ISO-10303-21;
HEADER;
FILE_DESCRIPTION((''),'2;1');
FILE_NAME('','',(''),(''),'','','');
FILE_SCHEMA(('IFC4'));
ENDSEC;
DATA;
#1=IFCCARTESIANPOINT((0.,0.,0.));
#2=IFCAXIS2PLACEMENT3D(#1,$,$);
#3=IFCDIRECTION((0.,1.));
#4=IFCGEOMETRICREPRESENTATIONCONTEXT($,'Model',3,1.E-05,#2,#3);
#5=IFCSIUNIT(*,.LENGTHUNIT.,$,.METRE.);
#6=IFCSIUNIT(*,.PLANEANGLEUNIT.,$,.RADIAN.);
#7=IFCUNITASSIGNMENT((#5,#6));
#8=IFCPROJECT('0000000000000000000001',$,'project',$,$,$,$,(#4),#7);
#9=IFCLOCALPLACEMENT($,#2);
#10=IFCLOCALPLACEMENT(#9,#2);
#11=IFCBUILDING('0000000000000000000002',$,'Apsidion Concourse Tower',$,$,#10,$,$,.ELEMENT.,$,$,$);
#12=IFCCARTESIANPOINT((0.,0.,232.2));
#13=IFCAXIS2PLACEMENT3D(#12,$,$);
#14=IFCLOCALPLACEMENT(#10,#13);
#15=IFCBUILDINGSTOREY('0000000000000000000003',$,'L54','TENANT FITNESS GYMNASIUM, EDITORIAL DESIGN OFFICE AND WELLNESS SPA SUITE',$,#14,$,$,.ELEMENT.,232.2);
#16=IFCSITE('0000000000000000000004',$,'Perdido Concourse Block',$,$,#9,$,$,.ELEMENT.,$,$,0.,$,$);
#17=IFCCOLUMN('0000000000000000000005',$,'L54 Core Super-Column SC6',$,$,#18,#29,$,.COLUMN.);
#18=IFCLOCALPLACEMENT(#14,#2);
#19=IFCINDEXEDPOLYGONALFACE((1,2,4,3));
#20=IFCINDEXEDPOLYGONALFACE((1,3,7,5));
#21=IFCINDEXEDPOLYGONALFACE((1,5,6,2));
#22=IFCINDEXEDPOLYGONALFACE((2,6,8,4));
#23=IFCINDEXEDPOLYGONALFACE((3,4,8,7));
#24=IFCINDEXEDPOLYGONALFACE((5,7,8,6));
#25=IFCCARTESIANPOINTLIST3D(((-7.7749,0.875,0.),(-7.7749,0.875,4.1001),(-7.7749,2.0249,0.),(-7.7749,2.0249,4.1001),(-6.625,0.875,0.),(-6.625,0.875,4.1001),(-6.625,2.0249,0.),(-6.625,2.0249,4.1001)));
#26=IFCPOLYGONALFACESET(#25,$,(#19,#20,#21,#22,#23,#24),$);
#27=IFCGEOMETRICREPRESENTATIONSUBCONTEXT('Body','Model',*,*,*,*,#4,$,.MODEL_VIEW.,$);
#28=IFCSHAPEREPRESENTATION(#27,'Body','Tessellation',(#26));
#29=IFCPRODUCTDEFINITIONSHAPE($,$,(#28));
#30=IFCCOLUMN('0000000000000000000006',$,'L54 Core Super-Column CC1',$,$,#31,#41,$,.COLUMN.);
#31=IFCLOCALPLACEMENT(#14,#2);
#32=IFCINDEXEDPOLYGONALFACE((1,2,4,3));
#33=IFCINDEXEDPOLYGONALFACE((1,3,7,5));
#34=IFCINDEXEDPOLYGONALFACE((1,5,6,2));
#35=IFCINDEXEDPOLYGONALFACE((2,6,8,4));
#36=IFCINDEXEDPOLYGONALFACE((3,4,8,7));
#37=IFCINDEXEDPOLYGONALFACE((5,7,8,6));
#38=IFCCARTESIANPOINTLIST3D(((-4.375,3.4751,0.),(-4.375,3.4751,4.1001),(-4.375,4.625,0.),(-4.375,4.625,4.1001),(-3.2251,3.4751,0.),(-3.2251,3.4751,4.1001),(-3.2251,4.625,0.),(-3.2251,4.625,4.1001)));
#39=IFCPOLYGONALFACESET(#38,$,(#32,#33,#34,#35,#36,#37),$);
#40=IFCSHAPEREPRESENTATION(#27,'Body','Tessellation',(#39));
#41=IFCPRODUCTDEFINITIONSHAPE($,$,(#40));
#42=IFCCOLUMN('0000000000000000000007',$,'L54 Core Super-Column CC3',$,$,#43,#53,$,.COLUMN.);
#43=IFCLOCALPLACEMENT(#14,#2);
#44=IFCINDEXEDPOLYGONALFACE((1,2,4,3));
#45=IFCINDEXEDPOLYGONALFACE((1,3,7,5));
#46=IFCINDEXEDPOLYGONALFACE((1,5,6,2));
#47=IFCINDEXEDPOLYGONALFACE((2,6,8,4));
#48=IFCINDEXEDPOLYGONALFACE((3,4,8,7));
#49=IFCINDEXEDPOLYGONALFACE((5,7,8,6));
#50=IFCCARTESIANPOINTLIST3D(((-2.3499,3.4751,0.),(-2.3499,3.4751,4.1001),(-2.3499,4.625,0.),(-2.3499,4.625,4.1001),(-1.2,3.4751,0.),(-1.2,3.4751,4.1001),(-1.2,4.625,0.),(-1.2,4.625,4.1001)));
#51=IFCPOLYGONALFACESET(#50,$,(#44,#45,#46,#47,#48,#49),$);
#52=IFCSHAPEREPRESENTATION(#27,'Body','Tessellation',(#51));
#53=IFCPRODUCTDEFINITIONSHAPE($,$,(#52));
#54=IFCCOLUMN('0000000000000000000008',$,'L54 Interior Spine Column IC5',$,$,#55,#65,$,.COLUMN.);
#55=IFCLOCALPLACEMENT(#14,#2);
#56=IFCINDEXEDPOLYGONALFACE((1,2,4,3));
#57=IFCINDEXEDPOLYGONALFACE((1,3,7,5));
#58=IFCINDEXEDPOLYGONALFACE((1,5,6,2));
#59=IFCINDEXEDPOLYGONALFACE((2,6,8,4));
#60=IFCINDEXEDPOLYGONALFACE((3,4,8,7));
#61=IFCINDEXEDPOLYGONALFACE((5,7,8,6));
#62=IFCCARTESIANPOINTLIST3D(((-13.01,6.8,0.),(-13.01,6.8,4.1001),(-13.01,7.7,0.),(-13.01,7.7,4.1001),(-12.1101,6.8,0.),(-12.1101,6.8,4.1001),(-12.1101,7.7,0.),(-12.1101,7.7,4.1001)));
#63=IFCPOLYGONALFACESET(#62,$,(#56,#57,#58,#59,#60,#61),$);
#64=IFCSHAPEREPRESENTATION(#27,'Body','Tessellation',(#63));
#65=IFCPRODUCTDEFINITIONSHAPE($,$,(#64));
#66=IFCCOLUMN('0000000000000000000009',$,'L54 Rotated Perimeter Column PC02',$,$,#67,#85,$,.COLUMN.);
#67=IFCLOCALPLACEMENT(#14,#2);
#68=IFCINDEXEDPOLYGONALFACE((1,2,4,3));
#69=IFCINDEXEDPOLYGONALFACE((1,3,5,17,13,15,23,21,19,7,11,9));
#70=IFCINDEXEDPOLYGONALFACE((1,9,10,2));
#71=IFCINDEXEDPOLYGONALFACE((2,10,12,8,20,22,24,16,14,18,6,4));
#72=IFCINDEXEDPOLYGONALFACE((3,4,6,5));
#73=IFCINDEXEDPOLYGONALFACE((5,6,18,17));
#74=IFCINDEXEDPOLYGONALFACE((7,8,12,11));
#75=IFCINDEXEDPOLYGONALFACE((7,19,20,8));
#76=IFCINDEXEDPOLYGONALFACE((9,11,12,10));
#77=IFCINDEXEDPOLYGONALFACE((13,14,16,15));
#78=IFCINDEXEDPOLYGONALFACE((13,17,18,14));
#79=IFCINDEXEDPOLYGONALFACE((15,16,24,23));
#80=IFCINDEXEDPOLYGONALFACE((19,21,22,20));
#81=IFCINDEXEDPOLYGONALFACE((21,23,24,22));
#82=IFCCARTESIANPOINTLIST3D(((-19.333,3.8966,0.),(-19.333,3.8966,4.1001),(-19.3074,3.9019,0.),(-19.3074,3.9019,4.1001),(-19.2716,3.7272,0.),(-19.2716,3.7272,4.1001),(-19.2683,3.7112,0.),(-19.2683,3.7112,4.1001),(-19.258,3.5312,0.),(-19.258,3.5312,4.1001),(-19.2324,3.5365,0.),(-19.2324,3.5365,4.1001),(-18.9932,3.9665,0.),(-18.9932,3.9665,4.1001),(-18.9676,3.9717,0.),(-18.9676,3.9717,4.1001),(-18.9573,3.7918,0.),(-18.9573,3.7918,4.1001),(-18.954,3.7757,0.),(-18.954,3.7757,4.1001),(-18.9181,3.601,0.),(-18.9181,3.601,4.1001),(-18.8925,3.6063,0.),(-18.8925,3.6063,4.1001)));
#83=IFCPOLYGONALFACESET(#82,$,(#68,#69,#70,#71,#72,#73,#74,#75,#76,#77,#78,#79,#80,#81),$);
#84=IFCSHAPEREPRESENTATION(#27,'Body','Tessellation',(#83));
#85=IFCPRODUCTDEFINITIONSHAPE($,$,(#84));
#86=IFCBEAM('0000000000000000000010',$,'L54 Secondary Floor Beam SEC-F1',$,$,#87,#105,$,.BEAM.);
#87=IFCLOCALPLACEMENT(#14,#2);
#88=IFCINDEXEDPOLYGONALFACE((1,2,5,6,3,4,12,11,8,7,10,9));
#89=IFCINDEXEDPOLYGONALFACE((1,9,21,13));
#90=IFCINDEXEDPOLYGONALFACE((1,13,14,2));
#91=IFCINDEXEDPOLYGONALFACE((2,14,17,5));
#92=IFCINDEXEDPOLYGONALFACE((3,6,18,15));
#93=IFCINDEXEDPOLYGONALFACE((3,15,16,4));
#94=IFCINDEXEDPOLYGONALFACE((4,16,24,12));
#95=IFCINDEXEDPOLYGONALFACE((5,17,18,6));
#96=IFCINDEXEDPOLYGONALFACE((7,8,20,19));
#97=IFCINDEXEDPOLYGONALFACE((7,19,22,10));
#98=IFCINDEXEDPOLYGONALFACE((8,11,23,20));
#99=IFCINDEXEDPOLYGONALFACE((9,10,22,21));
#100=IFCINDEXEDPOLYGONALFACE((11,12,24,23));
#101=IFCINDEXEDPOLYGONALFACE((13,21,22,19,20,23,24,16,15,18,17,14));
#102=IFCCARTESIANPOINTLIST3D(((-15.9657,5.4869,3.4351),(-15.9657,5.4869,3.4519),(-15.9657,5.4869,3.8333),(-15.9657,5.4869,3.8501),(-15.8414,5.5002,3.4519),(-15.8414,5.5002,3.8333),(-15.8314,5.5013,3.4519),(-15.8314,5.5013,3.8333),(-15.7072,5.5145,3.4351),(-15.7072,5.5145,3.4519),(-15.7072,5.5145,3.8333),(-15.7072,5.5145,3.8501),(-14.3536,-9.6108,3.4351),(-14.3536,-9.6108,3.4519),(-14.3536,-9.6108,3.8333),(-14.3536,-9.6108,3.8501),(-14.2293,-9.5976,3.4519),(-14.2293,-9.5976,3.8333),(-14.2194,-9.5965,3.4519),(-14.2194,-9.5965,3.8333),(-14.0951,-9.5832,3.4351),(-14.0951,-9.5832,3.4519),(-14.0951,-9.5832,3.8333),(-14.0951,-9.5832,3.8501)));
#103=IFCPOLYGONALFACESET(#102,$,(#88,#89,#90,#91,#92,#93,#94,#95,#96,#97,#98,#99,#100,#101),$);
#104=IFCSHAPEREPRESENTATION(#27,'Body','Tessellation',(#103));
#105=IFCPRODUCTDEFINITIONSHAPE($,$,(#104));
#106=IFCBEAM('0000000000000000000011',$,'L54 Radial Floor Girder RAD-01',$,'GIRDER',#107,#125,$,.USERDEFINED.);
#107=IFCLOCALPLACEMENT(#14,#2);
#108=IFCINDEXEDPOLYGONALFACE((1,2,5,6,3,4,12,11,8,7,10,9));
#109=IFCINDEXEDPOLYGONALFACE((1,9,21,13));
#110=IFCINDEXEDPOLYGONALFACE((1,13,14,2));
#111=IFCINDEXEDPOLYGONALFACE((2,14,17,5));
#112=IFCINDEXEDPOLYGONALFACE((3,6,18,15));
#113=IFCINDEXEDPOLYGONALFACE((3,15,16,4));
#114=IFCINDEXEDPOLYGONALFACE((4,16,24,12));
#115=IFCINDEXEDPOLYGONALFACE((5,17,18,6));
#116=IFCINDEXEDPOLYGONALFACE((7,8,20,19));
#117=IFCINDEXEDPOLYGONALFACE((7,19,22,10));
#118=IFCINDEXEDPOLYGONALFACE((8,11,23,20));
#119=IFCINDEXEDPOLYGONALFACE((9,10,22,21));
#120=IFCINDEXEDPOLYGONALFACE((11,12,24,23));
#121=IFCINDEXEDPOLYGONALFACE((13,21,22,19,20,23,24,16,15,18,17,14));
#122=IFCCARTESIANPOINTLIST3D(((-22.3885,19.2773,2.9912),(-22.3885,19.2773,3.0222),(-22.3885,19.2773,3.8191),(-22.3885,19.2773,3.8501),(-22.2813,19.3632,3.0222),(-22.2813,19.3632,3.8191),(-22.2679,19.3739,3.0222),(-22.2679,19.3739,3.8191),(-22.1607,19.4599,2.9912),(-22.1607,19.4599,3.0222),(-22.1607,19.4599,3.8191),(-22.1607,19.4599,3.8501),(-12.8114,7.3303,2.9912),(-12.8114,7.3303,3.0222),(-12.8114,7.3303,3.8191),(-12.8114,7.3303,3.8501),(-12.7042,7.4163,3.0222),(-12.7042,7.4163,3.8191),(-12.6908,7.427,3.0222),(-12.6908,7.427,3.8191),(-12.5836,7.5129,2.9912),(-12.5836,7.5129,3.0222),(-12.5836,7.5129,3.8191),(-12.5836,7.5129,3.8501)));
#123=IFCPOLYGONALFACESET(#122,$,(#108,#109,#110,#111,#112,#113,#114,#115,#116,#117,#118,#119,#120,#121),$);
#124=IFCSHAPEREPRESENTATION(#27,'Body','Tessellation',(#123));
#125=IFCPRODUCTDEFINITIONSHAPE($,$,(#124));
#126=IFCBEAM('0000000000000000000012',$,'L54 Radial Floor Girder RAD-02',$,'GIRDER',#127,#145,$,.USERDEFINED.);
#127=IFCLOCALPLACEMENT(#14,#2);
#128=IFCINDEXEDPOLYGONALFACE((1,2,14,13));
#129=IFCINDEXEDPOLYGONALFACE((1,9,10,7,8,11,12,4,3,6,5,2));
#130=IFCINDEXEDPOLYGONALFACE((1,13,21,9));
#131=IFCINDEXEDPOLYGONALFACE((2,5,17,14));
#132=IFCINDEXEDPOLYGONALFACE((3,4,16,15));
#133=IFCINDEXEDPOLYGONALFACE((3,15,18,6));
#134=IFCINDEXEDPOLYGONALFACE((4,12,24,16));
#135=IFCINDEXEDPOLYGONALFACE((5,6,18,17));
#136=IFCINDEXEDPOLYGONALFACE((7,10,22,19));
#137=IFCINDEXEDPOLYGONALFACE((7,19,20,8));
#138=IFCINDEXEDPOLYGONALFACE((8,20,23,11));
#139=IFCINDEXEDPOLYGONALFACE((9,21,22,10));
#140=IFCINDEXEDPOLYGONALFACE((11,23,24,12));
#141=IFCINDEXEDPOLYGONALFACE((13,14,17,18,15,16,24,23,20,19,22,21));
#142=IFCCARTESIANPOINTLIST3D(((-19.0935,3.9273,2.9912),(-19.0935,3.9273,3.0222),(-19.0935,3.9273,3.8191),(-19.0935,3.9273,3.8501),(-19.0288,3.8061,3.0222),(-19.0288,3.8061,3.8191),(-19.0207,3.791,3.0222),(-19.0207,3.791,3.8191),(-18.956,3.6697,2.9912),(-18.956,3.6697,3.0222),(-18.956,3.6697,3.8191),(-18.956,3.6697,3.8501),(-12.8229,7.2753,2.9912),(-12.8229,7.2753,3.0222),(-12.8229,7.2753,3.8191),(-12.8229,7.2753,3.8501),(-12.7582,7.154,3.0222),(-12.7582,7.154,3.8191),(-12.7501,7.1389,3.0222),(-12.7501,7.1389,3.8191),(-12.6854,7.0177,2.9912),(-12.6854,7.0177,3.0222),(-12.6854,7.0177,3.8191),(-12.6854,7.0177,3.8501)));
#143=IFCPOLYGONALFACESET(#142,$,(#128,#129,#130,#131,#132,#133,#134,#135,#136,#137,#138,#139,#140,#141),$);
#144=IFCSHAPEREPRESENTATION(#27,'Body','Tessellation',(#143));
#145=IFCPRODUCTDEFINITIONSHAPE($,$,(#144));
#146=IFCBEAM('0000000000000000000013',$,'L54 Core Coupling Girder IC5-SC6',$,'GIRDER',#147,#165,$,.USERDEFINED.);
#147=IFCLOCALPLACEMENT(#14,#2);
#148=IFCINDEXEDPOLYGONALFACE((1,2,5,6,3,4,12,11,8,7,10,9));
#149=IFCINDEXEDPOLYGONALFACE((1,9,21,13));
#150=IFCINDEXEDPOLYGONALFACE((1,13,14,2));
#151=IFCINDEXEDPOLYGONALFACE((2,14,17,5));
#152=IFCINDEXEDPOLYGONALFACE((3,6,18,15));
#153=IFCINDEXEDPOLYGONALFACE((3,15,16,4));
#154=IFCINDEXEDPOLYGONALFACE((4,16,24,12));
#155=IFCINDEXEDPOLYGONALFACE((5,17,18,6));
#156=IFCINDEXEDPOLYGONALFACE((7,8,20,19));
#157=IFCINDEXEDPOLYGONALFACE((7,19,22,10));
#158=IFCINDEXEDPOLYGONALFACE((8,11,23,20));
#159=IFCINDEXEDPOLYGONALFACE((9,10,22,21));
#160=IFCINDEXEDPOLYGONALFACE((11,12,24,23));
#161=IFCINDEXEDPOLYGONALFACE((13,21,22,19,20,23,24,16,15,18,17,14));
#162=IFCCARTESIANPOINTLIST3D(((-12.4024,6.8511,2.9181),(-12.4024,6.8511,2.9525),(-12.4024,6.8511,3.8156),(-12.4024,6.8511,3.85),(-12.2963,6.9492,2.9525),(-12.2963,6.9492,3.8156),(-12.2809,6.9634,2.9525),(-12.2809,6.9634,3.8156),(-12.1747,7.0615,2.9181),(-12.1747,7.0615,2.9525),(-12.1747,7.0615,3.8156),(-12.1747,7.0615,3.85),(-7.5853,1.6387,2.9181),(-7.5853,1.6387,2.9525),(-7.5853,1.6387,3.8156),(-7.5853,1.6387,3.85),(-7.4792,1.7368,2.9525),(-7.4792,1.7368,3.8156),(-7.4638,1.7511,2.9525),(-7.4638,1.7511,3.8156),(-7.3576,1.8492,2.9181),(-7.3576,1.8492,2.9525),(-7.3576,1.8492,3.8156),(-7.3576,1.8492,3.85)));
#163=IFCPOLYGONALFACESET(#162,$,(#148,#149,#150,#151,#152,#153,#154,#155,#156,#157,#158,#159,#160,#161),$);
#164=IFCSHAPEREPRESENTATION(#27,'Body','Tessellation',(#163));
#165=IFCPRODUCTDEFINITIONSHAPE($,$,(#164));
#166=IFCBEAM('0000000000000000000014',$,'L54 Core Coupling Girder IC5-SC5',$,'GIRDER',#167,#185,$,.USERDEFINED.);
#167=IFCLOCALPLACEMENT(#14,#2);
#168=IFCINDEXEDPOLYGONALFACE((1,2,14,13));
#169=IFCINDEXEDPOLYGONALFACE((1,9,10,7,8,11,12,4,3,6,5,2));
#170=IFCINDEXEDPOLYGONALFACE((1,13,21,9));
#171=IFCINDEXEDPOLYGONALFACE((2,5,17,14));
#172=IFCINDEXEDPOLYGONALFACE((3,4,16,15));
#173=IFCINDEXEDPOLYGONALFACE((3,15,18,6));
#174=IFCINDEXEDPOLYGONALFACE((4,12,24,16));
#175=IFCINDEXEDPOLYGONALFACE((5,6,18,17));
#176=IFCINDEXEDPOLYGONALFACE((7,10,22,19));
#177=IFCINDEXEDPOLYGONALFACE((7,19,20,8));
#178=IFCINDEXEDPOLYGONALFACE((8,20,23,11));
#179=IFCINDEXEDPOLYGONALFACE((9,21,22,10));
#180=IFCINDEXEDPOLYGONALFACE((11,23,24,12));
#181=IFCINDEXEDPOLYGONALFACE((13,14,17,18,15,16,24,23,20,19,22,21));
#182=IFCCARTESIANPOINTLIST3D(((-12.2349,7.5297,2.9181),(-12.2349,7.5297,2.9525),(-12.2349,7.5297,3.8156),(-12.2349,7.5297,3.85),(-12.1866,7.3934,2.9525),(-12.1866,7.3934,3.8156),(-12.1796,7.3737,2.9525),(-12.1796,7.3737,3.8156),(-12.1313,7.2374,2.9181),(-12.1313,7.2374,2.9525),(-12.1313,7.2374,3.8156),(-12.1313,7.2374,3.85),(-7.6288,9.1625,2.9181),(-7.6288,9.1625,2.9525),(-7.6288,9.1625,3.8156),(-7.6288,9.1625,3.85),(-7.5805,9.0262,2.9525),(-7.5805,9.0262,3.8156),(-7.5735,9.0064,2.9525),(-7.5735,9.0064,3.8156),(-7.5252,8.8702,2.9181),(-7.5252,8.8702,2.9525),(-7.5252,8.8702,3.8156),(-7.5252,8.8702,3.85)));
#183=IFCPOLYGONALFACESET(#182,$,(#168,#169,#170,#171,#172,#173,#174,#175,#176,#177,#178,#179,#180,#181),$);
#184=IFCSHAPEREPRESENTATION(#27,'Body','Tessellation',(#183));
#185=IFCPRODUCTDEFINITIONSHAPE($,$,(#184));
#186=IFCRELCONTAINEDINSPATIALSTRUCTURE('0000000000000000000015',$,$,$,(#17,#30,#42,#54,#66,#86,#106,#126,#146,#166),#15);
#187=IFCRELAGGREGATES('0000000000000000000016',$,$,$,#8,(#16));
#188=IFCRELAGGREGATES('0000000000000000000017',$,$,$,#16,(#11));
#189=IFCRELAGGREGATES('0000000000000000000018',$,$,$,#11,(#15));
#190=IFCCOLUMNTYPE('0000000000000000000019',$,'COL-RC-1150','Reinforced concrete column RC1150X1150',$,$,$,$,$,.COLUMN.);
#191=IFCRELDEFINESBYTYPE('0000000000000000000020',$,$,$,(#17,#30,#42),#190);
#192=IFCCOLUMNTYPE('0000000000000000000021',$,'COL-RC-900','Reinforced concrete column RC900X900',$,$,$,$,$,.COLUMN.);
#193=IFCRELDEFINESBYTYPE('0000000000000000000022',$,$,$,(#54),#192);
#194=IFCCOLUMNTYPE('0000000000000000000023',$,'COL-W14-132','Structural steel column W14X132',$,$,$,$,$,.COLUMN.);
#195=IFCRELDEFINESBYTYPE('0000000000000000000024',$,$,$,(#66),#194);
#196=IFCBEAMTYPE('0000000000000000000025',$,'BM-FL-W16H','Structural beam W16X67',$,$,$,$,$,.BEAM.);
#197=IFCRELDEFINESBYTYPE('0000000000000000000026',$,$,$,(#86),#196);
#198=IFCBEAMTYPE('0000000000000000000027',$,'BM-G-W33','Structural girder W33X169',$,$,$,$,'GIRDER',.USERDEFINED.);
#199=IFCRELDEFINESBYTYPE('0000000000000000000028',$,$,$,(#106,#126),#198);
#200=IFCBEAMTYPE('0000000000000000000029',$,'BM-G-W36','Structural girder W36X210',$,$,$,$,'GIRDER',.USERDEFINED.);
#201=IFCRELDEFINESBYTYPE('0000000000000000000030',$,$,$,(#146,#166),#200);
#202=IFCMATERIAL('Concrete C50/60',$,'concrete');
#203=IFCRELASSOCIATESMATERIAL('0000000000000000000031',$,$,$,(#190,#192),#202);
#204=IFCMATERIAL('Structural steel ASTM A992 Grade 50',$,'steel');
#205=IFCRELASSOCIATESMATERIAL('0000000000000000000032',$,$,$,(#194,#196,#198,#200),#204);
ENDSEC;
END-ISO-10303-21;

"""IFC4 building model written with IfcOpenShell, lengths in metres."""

from ifc_helpers import new_model, si_unit, direction, frame, origin, origin_2d, place, context, subcontext, project, spatial, rectangle, i_section, extrude, material, material_profile, profile_set, type_object, element, save


model = new_model("IFC4")

# Units and contexts
model_context = context("Model", 3, precision=1e-05, world=origin(), true_north=direction((0.0, 1.0)))
body_context = subcontext(model_context, "Body", "Model", "MODEL_VIEW")
ifc_project = project(units=[si_unit("LENGTHUNIT", "METRE"), si_unit("PLANEANGLEUNIT", "RADIAN")], contexts=[model_context])

# Site, building, storey
site_placement = place(None, origin())
site = spatial("IfcSite", under=ifc_project, at=site_placement, Name="Perdido Concourse Block", CompositionType="ELEMENT", RefElevation=0.0)
building_placement = place(site_placement, origin())
building = spatial("IfcBuilding", under=site, at=building_placement, Name="Apsidion Concourse Tower", CompositionType="ELEMENT")
storey_placement = place(building_placement, frame((0.0, 0.0, 232.2)))
storey = spatial("IfcBuildingStorey", under=building, at=storey_placement, Name="L54", Description="TENANT FITNESS GYMNASIUM, EDITORIAL DESIGN OFFICE AND WELLNESS SPA SUITE", CompositionType="ELEMENT", Elevation=232.2)

# Columns
ifc_material_1 = material(Name="Concrete C50/60", Category="concrete")
ifc_material_profile_1 = material_profile(ifc_material_1, rectangle(XDim=1.1499, YDim=1.1499, at=origin_2d()), Name="RC 1150x1150")
ifc_profile_set_1 = profile_set([ifc_material_profile_1], Name="Concrete C50/60")
column_type_1 = type_object("IfcColumnType", Name="COL-RC-1150", Description="Reinforced concrete column RC1150X1150", PredefinedType="COLUMN", material=ifc_profile_set_1)
for number, where, z_axis, x_axis, name in (
    (1, (-7.2, 1.45, 0.0), (0.0, 0.0, 1.0), (1.0, 0.0, 0.0), "L54 Core Super-Column SC6"),
    (2, (-3.8, 4.05, 0.0), (0.0, 0.0, 1.0), (1.0, 0.0, 0.0), "L54 Core Super-Column CC1"),
    (3, (-1.7749, 4.05, 0.0), (0.0, 0.0, 1.0), (1.0, 0.0, 0.0), "L54 Core Super-Column CC3"),
):
    element("IfcColumn", number, at=place(storey_placement, frame(where, z_axis=z_axis, x_axis=x_axis)), inside=storey, type_object=column_type_1, Name=name, PredefinedType="COLUMN", context=body_context, shape_type="SweptSolid", body=[
        extrude(rectangle(XDim=1.1499, YDim=1.1499, at=origin_2d()), origin(), (0.0, 0.0, 1.0), 4.1001),
    ])
ifc_material_profile_2 = material_profile(ifc_material_1, rectangle(XDim=0.8999, YDim=0.8999, at=origin_2d()), Name="RC 900x900")
ifc_profile_set_2 = profile_set([ifc_material_profile_2], Name="Concrete C50/60")
column_type_2 = type_object("IfcColumnType", Name="COL-RC-900", Description="Reinforced concrete column RC900X900", PredefinedType="COLUMN", material=ifc_profile_set_2)
column_1_placement = place(storey_placement, frame((-12.5601, 7.25, 0.0), z_axis=(0.0, 0.0, 1.0), x_axis=(1.0, 0.0, 0.0)))
element("IfcColumn", 4, at=column_1_placement, inside=storey, type_object=column_type_2, Name="L54 Interior Spine Column IC5", PredefinedType="COLUMN", context=body_context, shape_type="SweptSolid", body=[
    extrude(rectangle(XDim=0.8999, YDim=0.8999, at=origin_2d()), origin(), (0.0, 0.0, 1.0), 4.1001),
])
ifc_material_2 = material(Name="Structural steel ASTM A992 Grade 50", Category="steel")
ifc_material_profile_3 = material_profile(ifc_material_2, i_section(OverallWidth=0.373, OverallDepth=0.373, WebThickness=0.0164, FlangeThickness=0.0261, at=origin_2d()), Name="W14X132")
ifc_profile_set_3 = profile_set([ifc_material_profile_3], Name="Structural steel ASTM A992 Grade 50")
column_type_3 = type_object("IfcColumnType", Name="COL-W14-132", Description="Structural steel column W14X132", PredefinedType="COLUMN", material=ifc_profile_set_3)
column_2_placement = place(storey_placement, frame((-19.1128, 3.7515, 0.0), z_axis=(0.0, 0.0, 1.0), x_axis=(-0.201249, 0.97954, 0.0)))
element("IfcColumn", 5, at=column_2_placement, inside=storey, type_object=column_type_3, Name="L54 Rotated Perimeter Column PC02", PredefinedType="COLUMN", context=body_context, shape_type="SweptSolid", body=[
    extrude(i_section(OverallWidth=0.373, OverallDepth=0.373, WebThickness=0.0164, FlangeThickness=0.0261, at=origin_2d()), origin(), (0.0, 0.0, 1.0), 4.1001),
])

# Beams
ifc_material_profile_4 = material_profile(ifc_material_2, i_section(OverallWidth=0.26, OverallDepth=0.415, WebThickness=0.01, FlangeThickness=0.0168, at=origin_2d()), Name="W16X67")
ifc_profile_set_4 = profile_set([ifc_material_profile_4], Name="Structural steel ASTM A992 Grade 50")
beam_type_1 = type_object("IfcBeamType", Name="BM-FL-W16H", Description="Structural beam W16X67", PredefinedType="BEAM", material=ifc_profile_set_4)
beam_1_placement = place(storey_placement, frame((-15.8364, 5.5007, 3.6426), z_axis=(0.106172, -0.994348, 0.0), x_axis=(0.994348, 0.106172, 0.0)))
element("IfcBeam", 6, at=beam_1_placement, inside=storey, type_object=beam_type_1, Name="L54 Secondary Floor Beam SEC-F1", PredefinedType="BEAM", context=body_context, shape_type="SweptSolid", body=[
    extrude(i_section(OverallWidth=0.26, OverallDepth=0.415, WebThickness=0.01, FlangeThickness=0.0168, at=origin_2d()), origin(), (0.0, 0.0, 1.0), 15.1836),
])
ifc_material_profile_5 = material_profile(ifc_material_2, i_section(OverallWidth=0.292, OverallDepth=0.8589, WebThickness=0.0171, FlangeThickness=0.031, at=origin_2d()), Name="W33X169")
ifc_profile_set_5 = profile_set([ifc_material_profile_5], Name="Structural steel ASTM A992 Grade 50")
beam_type_2 = type_object("IfcBeamType", Name="BM-G-W33", Description="Structural girder W33X169", ElementType="GIRDER", PredefinedType="USERDEFINED", material=ifc_profile_set_5)
beam_2_placement = place(storey_placement, frame((-12.6975, 7.4216, 3.4207), z_axis=(-0.625473, 0.780246, 0.0), x_axis=(-0.780246, -0.625473, 0.0)))
element("IfcBeam", 7, at=beam_2_placement, inside=storey, type_object=beam_type_2, Name="L54 Radial Floor Girder RAD-01", ObjectType="GIRDER", PredefinedType="USERDEFINED", context=body_context, shape_type="SweptSolid", body=[
    extrude(i_section(OverallWidth=0.292, OverallDepth=0.8589, WebThickness=0.0171, FlangeThickness=0.031, at=origin_2d()), origin(), (0.0, 0.0, 1.0), 15.3118),
])
beam_3_placement = place(storey_placement, frame((-12.7542, 7.1465, 3.4207), z_axis=(-0.882141, -0.470986, 0.0), x_axis=(0.470986, -0.882141, 0.0)))
element("IfcBeam", 8, at=beam_3_placement, inside=storey, type_object=beam_type_2, Name="L54 Radial Floor Girder RAD-02", ObjectType="GIRDER", PredefinedType="USERDEFINED", context=body_context, shape_type="SweptSolid", body=[
    extrude(i_section(OverallWidth=0.292, OverallDepth=0.8589, WebThickness=0.0171, FlangeThickness=0.031, at=origin_2d()), origin(), (0.0, 0.0, 1.0), 7.1084),
])
ifc_material_profile_6 = material_profile(ifc_material_2, i_section(OverallWidth=0.3101, OverallDepth=0.9319, WebThickness=0.021, FlangeThickness=0.0344, at=origin_2d()), Name="W36X210")
ifc_profile_set_6 = profile_set([ifc_material_profile_6], Name="Structural steel ASTM A992 Grade 50")
beam_type_3 = type_object("IfcBeamType", Name="BM-G-W36", Description="Structural girder W36X210", ElementType="GIRDER", PredefinedType="USERDEFINED", material=ifc_profile_set_6)
beam_4_placement = place(storey_placement, frame((-12.2886, 6.9563, 3.384), z_axis=(0.678713, -0.734404, 0.0), x_axis=(0.734404, 0.678713, 0.0)))
element("IfcBeam", 9, at=beam_4_placement, inside=storey, type_object=beam_type_3, Name="L54 Core Coupling Girder IC5-SC6", ObjectType="GIRDER", PredefinedType="USERDEFINED", context=body_context, shape_type="SweptSolid", body=[
    extrude(i_section(OverallWidth=0.3101, OverallDepth=0.9319, WebThickness=0.021, FlangeThickness=0.0344, at=origin_2d()), origin(), (0.0, 0.0, 1.0), 7.0974),
])
beam_5_placement = place(storey_placement, frame((-12.1831, 7.3835, 3.384), z_axis=(0.942534, 0.334111, 0.0), x_axis=(-0.334111, 0.942534, 0.0)))
element("IfcBeam", 10, at=beam_5_placement, inside=storey, type_object=beam_type_3, Name="L54 Core Coupling Girder IC5-SC5", ObjectType="GIRDER", PredefinedType="USERDEFINED", context=body_context, shape_type="SweptSolid", body=[
    extrude(i_section(OverallWidth=0.3101, OverallDepth=0.9319, WebThickness=0.021, FlangeThickness=0.0344, at=origin_2d()), origin(), (0.0, 0.0, 1.0), 4.887),
])

save(model, "model.ifc")
